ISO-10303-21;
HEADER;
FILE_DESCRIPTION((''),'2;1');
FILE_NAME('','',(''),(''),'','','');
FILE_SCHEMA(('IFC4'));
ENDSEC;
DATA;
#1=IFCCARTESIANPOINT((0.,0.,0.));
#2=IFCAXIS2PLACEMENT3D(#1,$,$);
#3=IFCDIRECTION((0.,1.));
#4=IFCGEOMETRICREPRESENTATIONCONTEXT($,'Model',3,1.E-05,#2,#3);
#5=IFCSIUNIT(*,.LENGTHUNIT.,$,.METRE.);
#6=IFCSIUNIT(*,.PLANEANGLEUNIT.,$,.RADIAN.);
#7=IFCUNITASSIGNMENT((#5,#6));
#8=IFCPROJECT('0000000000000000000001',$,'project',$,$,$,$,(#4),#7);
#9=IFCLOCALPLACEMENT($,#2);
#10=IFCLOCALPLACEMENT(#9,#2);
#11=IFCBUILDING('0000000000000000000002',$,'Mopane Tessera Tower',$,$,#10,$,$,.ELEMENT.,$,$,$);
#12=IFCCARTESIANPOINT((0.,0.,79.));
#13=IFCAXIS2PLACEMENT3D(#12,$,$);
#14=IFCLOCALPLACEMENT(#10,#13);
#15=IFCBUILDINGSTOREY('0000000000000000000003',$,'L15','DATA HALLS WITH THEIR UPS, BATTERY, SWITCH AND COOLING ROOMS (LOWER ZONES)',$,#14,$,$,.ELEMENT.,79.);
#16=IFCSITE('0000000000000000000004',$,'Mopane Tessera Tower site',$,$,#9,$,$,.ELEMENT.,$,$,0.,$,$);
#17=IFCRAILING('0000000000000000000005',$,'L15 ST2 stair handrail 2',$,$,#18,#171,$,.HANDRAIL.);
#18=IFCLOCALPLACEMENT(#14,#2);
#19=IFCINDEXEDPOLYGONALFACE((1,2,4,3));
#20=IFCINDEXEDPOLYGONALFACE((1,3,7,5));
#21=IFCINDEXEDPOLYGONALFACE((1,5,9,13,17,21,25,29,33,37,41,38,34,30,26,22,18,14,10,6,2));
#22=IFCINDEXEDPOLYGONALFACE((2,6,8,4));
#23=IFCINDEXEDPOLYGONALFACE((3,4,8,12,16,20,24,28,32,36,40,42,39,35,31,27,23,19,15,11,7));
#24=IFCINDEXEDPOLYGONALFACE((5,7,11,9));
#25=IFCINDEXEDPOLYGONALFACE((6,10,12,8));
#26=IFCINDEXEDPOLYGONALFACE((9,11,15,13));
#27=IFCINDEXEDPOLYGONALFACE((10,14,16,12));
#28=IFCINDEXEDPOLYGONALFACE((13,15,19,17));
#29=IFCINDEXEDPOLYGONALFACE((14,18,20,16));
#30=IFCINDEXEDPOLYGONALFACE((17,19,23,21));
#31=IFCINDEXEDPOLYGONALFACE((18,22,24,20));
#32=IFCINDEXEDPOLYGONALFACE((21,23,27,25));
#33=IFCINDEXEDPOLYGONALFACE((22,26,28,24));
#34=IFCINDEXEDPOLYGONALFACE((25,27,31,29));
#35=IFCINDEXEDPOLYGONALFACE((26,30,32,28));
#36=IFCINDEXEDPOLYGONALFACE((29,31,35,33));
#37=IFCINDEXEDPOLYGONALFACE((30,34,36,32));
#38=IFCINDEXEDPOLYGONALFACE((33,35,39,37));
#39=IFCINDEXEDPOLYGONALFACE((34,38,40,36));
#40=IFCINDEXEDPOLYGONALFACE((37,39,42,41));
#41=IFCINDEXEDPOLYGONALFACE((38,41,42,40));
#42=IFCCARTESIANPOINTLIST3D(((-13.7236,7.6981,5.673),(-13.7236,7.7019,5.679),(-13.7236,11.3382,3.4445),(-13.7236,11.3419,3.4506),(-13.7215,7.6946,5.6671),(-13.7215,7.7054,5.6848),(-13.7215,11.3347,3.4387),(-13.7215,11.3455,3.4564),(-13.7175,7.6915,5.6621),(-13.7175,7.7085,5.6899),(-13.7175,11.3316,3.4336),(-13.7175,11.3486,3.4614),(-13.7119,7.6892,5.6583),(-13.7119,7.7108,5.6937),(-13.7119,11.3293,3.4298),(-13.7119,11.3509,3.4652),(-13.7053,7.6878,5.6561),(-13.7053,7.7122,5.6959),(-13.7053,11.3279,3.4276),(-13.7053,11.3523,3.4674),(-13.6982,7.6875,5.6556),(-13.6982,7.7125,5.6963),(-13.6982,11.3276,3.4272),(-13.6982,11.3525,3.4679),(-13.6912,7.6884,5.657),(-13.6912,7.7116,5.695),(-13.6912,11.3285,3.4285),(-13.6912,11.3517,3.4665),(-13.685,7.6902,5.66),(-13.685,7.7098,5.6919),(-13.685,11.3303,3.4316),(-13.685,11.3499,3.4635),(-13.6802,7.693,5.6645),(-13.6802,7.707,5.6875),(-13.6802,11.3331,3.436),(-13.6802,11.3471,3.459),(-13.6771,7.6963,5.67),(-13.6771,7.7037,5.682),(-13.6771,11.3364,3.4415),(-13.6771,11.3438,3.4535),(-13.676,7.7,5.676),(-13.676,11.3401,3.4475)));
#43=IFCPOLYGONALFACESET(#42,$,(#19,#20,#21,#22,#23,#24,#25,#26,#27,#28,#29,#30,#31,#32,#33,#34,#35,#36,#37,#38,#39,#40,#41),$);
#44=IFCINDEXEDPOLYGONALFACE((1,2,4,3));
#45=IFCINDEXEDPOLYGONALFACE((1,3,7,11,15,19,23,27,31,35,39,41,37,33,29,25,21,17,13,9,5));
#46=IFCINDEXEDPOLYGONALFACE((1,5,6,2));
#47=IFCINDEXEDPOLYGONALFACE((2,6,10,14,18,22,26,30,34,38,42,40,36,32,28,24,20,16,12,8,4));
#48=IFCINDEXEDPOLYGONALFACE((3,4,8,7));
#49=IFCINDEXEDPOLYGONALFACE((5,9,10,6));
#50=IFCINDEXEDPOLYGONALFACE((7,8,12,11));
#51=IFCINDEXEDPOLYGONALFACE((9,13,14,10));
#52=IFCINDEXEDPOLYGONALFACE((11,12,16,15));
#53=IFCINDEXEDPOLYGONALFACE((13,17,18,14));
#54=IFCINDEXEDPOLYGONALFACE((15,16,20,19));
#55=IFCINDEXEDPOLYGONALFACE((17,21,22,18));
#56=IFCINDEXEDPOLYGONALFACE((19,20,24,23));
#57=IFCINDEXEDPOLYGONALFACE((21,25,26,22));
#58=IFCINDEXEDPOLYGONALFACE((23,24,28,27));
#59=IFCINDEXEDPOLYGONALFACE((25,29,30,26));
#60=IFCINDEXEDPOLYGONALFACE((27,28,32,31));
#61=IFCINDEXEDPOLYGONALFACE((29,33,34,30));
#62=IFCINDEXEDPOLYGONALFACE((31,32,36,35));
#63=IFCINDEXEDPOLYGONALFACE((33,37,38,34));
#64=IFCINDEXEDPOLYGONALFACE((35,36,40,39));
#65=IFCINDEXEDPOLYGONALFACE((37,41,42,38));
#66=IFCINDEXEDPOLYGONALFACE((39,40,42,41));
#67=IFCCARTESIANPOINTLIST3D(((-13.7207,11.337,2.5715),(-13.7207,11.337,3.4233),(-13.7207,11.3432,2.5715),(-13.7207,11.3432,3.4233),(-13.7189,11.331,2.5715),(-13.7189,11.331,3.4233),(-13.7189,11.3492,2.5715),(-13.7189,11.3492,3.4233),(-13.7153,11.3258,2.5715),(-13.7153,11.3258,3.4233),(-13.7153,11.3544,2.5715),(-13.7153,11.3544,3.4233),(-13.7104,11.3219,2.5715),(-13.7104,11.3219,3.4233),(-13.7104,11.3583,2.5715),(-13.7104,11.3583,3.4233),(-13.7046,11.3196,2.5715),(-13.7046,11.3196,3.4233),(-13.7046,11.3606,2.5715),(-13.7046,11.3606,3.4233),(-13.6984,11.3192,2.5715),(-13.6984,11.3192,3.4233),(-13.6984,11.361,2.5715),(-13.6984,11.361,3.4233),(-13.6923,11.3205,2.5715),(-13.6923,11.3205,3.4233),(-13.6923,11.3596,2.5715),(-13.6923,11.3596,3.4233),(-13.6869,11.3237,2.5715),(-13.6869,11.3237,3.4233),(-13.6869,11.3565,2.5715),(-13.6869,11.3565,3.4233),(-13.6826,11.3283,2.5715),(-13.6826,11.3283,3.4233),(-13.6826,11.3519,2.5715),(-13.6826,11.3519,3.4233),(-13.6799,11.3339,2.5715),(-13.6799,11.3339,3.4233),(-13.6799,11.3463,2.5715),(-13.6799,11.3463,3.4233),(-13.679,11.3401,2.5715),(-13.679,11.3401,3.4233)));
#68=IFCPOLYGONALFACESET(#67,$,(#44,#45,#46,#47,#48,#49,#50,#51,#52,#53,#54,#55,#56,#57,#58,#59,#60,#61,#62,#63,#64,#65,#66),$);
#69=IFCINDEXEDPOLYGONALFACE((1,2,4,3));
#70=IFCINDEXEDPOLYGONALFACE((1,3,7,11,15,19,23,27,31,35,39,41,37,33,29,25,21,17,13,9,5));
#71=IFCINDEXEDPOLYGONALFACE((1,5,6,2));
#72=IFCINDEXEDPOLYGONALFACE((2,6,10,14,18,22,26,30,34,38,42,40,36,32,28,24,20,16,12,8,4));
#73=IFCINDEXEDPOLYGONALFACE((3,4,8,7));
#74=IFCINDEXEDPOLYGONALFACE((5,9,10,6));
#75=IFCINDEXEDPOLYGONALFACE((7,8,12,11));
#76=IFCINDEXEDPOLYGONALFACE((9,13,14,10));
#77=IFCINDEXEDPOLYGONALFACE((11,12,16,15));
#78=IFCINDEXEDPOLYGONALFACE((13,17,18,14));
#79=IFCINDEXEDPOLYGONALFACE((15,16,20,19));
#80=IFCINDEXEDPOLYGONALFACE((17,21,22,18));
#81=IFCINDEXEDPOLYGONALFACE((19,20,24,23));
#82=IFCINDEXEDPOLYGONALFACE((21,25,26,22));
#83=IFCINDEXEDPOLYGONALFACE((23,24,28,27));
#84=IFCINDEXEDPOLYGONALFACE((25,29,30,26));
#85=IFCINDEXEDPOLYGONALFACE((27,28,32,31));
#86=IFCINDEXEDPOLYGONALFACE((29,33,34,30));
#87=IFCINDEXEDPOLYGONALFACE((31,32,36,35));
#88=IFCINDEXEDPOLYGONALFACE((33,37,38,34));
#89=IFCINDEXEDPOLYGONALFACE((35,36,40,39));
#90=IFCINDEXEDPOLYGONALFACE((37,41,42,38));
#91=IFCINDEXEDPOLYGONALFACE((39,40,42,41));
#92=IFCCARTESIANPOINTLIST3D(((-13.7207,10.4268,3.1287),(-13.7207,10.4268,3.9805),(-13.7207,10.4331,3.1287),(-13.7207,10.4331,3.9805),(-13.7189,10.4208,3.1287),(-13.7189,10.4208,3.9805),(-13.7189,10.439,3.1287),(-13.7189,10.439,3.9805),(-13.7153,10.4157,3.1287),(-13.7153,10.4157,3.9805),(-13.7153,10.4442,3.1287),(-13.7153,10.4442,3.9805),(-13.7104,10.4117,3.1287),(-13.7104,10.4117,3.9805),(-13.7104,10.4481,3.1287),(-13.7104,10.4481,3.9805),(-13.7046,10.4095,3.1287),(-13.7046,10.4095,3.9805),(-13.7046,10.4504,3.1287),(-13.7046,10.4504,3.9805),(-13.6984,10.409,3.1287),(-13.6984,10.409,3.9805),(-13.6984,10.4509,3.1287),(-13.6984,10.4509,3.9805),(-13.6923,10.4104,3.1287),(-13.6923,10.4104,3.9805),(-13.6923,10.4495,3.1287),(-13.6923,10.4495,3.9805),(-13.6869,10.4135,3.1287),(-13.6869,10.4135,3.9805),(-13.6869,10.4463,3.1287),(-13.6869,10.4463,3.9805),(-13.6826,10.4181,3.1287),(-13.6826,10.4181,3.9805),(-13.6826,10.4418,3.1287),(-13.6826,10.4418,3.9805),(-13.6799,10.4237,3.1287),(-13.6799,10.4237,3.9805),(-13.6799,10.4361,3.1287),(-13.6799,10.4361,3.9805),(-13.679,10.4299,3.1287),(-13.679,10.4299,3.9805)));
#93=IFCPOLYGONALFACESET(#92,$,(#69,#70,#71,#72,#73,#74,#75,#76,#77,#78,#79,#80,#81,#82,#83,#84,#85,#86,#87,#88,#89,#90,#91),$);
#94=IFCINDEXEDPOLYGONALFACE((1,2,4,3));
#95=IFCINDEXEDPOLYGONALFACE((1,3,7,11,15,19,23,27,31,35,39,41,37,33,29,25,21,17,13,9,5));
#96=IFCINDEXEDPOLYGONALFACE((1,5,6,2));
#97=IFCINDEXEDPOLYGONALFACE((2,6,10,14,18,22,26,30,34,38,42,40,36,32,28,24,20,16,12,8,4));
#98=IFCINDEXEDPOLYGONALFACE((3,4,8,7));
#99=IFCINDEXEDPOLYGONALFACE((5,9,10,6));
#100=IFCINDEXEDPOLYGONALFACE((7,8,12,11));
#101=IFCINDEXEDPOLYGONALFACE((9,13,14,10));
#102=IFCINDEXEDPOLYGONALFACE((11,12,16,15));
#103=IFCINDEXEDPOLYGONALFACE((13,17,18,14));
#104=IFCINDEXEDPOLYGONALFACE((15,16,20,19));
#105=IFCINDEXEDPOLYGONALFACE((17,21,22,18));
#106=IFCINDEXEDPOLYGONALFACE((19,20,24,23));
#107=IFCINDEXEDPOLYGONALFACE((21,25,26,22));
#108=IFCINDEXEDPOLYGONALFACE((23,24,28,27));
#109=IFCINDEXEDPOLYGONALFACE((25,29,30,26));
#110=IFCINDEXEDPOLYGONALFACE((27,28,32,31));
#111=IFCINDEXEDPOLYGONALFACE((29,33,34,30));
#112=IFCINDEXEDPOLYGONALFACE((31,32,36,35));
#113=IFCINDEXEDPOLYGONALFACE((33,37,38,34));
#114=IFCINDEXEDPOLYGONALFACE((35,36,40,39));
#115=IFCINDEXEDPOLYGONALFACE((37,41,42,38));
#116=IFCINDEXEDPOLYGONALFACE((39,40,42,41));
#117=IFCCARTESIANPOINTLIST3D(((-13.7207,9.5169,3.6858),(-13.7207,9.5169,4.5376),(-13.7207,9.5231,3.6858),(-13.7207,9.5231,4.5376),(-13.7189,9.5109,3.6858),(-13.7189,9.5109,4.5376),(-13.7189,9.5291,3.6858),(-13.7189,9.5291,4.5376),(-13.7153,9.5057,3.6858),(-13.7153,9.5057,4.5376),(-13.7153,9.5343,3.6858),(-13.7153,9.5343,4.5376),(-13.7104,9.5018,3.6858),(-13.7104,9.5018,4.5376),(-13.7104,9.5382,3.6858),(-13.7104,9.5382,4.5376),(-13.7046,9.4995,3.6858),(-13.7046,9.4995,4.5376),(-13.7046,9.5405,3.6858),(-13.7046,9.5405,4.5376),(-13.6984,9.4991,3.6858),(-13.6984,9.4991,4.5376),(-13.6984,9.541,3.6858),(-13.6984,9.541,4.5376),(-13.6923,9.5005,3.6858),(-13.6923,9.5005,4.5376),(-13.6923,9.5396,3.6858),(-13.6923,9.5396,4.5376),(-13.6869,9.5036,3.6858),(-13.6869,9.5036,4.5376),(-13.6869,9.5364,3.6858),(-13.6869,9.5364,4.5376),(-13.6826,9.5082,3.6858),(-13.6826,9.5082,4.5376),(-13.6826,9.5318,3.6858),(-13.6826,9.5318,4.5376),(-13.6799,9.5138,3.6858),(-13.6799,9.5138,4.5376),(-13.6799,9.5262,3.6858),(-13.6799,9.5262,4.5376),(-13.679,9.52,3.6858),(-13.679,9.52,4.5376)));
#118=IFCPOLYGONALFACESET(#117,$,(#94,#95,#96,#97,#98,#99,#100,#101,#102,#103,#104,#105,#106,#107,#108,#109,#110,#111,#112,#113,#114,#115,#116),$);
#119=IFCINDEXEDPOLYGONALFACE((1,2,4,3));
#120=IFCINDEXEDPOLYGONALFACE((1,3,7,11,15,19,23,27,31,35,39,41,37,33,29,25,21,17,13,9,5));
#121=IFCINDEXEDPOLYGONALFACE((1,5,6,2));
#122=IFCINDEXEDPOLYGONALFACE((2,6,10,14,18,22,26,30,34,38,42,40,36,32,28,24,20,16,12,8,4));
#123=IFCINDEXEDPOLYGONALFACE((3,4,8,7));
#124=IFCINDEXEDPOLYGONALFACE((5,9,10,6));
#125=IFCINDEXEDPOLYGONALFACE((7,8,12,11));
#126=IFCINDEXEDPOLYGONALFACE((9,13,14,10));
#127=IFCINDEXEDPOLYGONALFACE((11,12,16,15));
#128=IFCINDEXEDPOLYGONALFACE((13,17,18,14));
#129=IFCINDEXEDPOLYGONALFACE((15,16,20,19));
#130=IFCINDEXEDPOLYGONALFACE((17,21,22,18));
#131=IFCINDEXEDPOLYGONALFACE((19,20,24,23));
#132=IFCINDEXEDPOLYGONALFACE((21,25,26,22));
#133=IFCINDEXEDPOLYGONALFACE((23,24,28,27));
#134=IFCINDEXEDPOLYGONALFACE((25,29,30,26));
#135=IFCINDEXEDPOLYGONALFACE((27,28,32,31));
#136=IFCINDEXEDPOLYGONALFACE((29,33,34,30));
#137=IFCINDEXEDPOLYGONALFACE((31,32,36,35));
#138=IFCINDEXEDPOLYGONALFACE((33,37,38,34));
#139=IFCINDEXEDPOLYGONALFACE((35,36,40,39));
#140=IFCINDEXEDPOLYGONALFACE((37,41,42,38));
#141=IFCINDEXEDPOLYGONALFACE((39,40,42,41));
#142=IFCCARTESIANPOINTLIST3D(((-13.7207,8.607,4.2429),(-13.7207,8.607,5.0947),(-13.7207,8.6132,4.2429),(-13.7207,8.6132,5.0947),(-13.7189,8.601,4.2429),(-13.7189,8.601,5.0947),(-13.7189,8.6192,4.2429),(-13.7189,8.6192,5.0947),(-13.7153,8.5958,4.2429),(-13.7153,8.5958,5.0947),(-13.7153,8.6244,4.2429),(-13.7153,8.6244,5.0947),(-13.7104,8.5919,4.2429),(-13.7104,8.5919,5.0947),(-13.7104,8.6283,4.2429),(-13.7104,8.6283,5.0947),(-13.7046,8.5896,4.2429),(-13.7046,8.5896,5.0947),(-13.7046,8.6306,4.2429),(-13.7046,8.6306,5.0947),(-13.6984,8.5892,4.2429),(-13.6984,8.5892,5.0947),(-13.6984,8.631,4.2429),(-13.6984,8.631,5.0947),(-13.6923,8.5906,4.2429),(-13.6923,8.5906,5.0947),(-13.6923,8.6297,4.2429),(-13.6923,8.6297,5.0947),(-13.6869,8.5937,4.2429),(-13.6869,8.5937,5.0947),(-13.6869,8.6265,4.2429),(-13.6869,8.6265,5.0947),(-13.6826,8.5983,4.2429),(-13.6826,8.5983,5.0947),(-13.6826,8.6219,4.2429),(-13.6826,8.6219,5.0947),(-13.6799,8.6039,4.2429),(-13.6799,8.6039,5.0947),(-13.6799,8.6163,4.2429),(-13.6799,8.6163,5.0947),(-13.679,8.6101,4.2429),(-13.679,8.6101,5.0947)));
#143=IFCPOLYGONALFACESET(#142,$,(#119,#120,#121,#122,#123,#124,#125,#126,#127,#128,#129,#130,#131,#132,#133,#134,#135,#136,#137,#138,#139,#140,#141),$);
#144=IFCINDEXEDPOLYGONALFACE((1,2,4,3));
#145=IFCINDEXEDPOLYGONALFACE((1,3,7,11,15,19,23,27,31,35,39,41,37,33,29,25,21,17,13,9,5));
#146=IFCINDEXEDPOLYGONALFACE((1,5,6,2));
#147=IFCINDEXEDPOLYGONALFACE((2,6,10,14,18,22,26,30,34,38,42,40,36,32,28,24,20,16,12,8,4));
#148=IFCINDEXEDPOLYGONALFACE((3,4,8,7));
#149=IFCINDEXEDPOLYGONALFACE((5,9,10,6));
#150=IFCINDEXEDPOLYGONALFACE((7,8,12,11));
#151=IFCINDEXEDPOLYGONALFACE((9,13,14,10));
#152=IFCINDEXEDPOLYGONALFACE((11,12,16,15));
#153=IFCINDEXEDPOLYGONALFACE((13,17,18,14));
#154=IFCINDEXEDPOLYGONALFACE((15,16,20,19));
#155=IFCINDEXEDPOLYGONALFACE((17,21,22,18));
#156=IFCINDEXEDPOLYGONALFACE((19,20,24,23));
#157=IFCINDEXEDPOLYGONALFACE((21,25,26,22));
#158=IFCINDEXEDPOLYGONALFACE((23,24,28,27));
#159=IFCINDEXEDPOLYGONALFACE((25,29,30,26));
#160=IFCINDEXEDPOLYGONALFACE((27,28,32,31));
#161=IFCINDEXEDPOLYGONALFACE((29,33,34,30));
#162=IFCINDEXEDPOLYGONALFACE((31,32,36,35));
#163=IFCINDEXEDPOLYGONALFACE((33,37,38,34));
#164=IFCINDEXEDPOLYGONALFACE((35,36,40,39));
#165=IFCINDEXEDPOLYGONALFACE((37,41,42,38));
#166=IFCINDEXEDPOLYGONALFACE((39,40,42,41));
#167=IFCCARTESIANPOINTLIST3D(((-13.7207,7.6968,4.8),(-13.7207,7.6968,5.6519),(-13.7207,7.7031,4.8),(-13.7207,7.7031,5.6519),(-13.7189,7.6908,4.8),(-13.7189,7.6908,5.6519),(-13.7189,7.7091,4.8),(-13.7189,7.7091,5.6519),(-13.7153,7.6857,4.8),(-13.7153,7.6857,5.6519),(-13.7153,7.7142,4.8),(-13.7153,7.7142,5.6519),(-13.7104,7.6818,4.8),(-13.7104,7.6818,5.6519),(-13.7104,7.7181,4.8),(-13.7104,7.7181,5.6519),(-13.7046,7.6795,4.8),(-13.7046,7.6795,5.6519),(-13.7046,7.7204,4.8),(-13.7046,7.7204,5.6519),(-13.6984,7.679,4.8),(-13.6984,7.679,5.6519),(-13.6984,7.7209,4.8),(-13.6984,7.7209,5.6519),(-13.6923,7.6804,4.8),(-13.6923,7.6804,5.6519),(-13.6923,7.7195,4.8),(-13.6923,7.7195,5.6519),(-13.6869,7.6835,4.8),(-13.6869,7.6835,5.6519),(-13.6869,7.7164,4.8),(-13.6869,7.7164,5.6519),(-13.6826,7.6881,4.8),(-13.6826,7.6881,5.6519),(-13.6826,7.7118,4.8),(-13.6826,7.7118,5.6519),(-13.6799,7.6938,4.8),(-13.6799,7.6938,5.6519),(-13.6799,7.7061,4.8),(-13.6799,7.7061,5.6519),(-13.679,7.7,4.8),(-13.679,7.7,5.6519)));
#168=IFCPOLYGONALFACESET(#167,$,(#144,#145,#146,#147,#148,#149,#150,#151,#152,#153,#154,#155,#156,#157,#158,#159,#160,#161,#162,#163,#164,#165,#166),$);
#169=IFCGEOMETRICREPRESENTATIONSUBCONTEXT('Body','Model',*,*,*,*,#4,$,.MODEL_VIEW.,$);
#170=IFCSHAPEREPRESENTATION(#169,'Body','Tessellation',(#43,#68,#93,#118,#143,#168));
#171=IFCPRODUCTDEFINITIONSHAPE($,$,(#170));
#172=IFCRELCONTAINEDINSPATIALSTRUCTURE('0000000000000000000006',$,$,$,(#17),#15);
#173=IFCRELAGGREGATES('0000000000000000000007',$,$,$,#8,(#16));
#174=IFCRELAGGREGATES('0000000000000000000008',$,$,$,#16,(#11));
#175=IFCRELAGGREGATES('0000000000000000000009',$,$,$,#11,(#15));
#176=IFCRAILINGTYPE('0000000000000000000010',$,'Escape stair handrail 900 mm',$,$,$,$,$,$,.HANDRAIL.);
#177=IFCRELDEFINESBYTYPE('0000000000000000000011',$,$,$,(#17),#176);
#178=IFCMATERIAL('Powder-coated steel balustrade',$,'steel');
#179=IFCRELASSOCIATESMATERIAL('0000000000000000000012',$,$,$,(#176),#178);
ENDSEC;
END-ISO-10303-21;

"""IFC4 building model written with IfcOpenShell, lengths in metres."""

from ifc_helpers import new_model, si_unit, direction, frame, origin, origin_2d, place, context, subcontext, project, spatial, circle, extrude, material, type_object, element, save


model = new_model("IFC4")

# Units and contexts
model_context = context("Model", 3, precision=1e-05, world=origin(), true_north=direction((0.0, 1.0)))
body_context = subcontext(model_context, "Body", "Model", "MODEL_VIEW")
ifc_project = project(units=[si_unit("LENGTHUNIT", "METRE"), si_unit("PLANEANGLEUNIT", "RADIAN")], contexts=[model_context])

# Site, building, storey
site_placement = place(None, origin())
site = spatial("IfcSite", under=ifc_project, at=site_placement, Name="Mopane Tessera Tower site", CompositionType="ELEMENT", RefElevation=0.0)
building_placement = place(site_placement, origin())
building = spatial("IfcBuilding", under=site, at=building_placement, Name="Mopane Tessera Tower", CompositionType="ELEMENT")
storey_placement = place(building_placement, frame((0.0, 0.0, 79.0)))
storey = spatial("IfcBuildingStorey", under=building, at=storey_placement, Name="L15", Description="DATA HALLS WITH THEIR UPS, BATTERY, SWITCH AND COOLING ROOMS (LOWER ZONES)", CompositionType="ELEMENT", Elevation=79.0)

# Railing
ifc_material_1 = material(Name="Powder-coated steel balustrade", Category="steel")
railing_type_1 = type_object("IfcRailingType", Name="Escape stair handrail 900 mm", PredefinedType="HANDRAIL", material=ifc_material_1)
railing_1_placement = place(storey_placement, frame((-13.7, 11.3401, 2.5715)))
element("IfcRailing", 1, at=railing_1_placement, inside=storey, type_object=railing_type_1, Name="L15 ST2 stair handrail 2", PredefinedType="HANDRAIL", context=body_context, shape_type="SweptSolid", body=[
    extrude(circle(Radius=0.0239, at=origin_2d()), frame((0.0, 0.0, 0.876), z_axis=(0.0, -0.852866, 0.52213), x_axis=(1.0, 0.0, 0.0)), (0.0, 0.0, 1.0), 4.2681),
    extrude(circle(Radius=0.021, at=origin_2d()), origin(), (0.0, 0.0, 1.0), 0.8518),
    extrude(circle(Radius=0.021, at=origin_2d()), frame((0.0, -0.9102, 0.5571)), (0.0, 0.0, 1.0), 0.8518),
    extrude(circle(Radius=0.021, at=origin_2d()), frame((0.0, -1.8201, 1.1143)), (0.0, 0.0, 1.0), 0.8518),
    extrude(circle(Radius=0.021, at=origin_2d()), frame((0.0, -2.73, 1.6714)), (0.0, 0.0, 1.0), 0.8518),
    extrude(circle(Radius=0.021, at=origin_2d()), frame((0.0, -3.6401, 2.2285)), (0.0, 0.0, 1.0), 0.8518),
])

save(model, "model.ifc")
